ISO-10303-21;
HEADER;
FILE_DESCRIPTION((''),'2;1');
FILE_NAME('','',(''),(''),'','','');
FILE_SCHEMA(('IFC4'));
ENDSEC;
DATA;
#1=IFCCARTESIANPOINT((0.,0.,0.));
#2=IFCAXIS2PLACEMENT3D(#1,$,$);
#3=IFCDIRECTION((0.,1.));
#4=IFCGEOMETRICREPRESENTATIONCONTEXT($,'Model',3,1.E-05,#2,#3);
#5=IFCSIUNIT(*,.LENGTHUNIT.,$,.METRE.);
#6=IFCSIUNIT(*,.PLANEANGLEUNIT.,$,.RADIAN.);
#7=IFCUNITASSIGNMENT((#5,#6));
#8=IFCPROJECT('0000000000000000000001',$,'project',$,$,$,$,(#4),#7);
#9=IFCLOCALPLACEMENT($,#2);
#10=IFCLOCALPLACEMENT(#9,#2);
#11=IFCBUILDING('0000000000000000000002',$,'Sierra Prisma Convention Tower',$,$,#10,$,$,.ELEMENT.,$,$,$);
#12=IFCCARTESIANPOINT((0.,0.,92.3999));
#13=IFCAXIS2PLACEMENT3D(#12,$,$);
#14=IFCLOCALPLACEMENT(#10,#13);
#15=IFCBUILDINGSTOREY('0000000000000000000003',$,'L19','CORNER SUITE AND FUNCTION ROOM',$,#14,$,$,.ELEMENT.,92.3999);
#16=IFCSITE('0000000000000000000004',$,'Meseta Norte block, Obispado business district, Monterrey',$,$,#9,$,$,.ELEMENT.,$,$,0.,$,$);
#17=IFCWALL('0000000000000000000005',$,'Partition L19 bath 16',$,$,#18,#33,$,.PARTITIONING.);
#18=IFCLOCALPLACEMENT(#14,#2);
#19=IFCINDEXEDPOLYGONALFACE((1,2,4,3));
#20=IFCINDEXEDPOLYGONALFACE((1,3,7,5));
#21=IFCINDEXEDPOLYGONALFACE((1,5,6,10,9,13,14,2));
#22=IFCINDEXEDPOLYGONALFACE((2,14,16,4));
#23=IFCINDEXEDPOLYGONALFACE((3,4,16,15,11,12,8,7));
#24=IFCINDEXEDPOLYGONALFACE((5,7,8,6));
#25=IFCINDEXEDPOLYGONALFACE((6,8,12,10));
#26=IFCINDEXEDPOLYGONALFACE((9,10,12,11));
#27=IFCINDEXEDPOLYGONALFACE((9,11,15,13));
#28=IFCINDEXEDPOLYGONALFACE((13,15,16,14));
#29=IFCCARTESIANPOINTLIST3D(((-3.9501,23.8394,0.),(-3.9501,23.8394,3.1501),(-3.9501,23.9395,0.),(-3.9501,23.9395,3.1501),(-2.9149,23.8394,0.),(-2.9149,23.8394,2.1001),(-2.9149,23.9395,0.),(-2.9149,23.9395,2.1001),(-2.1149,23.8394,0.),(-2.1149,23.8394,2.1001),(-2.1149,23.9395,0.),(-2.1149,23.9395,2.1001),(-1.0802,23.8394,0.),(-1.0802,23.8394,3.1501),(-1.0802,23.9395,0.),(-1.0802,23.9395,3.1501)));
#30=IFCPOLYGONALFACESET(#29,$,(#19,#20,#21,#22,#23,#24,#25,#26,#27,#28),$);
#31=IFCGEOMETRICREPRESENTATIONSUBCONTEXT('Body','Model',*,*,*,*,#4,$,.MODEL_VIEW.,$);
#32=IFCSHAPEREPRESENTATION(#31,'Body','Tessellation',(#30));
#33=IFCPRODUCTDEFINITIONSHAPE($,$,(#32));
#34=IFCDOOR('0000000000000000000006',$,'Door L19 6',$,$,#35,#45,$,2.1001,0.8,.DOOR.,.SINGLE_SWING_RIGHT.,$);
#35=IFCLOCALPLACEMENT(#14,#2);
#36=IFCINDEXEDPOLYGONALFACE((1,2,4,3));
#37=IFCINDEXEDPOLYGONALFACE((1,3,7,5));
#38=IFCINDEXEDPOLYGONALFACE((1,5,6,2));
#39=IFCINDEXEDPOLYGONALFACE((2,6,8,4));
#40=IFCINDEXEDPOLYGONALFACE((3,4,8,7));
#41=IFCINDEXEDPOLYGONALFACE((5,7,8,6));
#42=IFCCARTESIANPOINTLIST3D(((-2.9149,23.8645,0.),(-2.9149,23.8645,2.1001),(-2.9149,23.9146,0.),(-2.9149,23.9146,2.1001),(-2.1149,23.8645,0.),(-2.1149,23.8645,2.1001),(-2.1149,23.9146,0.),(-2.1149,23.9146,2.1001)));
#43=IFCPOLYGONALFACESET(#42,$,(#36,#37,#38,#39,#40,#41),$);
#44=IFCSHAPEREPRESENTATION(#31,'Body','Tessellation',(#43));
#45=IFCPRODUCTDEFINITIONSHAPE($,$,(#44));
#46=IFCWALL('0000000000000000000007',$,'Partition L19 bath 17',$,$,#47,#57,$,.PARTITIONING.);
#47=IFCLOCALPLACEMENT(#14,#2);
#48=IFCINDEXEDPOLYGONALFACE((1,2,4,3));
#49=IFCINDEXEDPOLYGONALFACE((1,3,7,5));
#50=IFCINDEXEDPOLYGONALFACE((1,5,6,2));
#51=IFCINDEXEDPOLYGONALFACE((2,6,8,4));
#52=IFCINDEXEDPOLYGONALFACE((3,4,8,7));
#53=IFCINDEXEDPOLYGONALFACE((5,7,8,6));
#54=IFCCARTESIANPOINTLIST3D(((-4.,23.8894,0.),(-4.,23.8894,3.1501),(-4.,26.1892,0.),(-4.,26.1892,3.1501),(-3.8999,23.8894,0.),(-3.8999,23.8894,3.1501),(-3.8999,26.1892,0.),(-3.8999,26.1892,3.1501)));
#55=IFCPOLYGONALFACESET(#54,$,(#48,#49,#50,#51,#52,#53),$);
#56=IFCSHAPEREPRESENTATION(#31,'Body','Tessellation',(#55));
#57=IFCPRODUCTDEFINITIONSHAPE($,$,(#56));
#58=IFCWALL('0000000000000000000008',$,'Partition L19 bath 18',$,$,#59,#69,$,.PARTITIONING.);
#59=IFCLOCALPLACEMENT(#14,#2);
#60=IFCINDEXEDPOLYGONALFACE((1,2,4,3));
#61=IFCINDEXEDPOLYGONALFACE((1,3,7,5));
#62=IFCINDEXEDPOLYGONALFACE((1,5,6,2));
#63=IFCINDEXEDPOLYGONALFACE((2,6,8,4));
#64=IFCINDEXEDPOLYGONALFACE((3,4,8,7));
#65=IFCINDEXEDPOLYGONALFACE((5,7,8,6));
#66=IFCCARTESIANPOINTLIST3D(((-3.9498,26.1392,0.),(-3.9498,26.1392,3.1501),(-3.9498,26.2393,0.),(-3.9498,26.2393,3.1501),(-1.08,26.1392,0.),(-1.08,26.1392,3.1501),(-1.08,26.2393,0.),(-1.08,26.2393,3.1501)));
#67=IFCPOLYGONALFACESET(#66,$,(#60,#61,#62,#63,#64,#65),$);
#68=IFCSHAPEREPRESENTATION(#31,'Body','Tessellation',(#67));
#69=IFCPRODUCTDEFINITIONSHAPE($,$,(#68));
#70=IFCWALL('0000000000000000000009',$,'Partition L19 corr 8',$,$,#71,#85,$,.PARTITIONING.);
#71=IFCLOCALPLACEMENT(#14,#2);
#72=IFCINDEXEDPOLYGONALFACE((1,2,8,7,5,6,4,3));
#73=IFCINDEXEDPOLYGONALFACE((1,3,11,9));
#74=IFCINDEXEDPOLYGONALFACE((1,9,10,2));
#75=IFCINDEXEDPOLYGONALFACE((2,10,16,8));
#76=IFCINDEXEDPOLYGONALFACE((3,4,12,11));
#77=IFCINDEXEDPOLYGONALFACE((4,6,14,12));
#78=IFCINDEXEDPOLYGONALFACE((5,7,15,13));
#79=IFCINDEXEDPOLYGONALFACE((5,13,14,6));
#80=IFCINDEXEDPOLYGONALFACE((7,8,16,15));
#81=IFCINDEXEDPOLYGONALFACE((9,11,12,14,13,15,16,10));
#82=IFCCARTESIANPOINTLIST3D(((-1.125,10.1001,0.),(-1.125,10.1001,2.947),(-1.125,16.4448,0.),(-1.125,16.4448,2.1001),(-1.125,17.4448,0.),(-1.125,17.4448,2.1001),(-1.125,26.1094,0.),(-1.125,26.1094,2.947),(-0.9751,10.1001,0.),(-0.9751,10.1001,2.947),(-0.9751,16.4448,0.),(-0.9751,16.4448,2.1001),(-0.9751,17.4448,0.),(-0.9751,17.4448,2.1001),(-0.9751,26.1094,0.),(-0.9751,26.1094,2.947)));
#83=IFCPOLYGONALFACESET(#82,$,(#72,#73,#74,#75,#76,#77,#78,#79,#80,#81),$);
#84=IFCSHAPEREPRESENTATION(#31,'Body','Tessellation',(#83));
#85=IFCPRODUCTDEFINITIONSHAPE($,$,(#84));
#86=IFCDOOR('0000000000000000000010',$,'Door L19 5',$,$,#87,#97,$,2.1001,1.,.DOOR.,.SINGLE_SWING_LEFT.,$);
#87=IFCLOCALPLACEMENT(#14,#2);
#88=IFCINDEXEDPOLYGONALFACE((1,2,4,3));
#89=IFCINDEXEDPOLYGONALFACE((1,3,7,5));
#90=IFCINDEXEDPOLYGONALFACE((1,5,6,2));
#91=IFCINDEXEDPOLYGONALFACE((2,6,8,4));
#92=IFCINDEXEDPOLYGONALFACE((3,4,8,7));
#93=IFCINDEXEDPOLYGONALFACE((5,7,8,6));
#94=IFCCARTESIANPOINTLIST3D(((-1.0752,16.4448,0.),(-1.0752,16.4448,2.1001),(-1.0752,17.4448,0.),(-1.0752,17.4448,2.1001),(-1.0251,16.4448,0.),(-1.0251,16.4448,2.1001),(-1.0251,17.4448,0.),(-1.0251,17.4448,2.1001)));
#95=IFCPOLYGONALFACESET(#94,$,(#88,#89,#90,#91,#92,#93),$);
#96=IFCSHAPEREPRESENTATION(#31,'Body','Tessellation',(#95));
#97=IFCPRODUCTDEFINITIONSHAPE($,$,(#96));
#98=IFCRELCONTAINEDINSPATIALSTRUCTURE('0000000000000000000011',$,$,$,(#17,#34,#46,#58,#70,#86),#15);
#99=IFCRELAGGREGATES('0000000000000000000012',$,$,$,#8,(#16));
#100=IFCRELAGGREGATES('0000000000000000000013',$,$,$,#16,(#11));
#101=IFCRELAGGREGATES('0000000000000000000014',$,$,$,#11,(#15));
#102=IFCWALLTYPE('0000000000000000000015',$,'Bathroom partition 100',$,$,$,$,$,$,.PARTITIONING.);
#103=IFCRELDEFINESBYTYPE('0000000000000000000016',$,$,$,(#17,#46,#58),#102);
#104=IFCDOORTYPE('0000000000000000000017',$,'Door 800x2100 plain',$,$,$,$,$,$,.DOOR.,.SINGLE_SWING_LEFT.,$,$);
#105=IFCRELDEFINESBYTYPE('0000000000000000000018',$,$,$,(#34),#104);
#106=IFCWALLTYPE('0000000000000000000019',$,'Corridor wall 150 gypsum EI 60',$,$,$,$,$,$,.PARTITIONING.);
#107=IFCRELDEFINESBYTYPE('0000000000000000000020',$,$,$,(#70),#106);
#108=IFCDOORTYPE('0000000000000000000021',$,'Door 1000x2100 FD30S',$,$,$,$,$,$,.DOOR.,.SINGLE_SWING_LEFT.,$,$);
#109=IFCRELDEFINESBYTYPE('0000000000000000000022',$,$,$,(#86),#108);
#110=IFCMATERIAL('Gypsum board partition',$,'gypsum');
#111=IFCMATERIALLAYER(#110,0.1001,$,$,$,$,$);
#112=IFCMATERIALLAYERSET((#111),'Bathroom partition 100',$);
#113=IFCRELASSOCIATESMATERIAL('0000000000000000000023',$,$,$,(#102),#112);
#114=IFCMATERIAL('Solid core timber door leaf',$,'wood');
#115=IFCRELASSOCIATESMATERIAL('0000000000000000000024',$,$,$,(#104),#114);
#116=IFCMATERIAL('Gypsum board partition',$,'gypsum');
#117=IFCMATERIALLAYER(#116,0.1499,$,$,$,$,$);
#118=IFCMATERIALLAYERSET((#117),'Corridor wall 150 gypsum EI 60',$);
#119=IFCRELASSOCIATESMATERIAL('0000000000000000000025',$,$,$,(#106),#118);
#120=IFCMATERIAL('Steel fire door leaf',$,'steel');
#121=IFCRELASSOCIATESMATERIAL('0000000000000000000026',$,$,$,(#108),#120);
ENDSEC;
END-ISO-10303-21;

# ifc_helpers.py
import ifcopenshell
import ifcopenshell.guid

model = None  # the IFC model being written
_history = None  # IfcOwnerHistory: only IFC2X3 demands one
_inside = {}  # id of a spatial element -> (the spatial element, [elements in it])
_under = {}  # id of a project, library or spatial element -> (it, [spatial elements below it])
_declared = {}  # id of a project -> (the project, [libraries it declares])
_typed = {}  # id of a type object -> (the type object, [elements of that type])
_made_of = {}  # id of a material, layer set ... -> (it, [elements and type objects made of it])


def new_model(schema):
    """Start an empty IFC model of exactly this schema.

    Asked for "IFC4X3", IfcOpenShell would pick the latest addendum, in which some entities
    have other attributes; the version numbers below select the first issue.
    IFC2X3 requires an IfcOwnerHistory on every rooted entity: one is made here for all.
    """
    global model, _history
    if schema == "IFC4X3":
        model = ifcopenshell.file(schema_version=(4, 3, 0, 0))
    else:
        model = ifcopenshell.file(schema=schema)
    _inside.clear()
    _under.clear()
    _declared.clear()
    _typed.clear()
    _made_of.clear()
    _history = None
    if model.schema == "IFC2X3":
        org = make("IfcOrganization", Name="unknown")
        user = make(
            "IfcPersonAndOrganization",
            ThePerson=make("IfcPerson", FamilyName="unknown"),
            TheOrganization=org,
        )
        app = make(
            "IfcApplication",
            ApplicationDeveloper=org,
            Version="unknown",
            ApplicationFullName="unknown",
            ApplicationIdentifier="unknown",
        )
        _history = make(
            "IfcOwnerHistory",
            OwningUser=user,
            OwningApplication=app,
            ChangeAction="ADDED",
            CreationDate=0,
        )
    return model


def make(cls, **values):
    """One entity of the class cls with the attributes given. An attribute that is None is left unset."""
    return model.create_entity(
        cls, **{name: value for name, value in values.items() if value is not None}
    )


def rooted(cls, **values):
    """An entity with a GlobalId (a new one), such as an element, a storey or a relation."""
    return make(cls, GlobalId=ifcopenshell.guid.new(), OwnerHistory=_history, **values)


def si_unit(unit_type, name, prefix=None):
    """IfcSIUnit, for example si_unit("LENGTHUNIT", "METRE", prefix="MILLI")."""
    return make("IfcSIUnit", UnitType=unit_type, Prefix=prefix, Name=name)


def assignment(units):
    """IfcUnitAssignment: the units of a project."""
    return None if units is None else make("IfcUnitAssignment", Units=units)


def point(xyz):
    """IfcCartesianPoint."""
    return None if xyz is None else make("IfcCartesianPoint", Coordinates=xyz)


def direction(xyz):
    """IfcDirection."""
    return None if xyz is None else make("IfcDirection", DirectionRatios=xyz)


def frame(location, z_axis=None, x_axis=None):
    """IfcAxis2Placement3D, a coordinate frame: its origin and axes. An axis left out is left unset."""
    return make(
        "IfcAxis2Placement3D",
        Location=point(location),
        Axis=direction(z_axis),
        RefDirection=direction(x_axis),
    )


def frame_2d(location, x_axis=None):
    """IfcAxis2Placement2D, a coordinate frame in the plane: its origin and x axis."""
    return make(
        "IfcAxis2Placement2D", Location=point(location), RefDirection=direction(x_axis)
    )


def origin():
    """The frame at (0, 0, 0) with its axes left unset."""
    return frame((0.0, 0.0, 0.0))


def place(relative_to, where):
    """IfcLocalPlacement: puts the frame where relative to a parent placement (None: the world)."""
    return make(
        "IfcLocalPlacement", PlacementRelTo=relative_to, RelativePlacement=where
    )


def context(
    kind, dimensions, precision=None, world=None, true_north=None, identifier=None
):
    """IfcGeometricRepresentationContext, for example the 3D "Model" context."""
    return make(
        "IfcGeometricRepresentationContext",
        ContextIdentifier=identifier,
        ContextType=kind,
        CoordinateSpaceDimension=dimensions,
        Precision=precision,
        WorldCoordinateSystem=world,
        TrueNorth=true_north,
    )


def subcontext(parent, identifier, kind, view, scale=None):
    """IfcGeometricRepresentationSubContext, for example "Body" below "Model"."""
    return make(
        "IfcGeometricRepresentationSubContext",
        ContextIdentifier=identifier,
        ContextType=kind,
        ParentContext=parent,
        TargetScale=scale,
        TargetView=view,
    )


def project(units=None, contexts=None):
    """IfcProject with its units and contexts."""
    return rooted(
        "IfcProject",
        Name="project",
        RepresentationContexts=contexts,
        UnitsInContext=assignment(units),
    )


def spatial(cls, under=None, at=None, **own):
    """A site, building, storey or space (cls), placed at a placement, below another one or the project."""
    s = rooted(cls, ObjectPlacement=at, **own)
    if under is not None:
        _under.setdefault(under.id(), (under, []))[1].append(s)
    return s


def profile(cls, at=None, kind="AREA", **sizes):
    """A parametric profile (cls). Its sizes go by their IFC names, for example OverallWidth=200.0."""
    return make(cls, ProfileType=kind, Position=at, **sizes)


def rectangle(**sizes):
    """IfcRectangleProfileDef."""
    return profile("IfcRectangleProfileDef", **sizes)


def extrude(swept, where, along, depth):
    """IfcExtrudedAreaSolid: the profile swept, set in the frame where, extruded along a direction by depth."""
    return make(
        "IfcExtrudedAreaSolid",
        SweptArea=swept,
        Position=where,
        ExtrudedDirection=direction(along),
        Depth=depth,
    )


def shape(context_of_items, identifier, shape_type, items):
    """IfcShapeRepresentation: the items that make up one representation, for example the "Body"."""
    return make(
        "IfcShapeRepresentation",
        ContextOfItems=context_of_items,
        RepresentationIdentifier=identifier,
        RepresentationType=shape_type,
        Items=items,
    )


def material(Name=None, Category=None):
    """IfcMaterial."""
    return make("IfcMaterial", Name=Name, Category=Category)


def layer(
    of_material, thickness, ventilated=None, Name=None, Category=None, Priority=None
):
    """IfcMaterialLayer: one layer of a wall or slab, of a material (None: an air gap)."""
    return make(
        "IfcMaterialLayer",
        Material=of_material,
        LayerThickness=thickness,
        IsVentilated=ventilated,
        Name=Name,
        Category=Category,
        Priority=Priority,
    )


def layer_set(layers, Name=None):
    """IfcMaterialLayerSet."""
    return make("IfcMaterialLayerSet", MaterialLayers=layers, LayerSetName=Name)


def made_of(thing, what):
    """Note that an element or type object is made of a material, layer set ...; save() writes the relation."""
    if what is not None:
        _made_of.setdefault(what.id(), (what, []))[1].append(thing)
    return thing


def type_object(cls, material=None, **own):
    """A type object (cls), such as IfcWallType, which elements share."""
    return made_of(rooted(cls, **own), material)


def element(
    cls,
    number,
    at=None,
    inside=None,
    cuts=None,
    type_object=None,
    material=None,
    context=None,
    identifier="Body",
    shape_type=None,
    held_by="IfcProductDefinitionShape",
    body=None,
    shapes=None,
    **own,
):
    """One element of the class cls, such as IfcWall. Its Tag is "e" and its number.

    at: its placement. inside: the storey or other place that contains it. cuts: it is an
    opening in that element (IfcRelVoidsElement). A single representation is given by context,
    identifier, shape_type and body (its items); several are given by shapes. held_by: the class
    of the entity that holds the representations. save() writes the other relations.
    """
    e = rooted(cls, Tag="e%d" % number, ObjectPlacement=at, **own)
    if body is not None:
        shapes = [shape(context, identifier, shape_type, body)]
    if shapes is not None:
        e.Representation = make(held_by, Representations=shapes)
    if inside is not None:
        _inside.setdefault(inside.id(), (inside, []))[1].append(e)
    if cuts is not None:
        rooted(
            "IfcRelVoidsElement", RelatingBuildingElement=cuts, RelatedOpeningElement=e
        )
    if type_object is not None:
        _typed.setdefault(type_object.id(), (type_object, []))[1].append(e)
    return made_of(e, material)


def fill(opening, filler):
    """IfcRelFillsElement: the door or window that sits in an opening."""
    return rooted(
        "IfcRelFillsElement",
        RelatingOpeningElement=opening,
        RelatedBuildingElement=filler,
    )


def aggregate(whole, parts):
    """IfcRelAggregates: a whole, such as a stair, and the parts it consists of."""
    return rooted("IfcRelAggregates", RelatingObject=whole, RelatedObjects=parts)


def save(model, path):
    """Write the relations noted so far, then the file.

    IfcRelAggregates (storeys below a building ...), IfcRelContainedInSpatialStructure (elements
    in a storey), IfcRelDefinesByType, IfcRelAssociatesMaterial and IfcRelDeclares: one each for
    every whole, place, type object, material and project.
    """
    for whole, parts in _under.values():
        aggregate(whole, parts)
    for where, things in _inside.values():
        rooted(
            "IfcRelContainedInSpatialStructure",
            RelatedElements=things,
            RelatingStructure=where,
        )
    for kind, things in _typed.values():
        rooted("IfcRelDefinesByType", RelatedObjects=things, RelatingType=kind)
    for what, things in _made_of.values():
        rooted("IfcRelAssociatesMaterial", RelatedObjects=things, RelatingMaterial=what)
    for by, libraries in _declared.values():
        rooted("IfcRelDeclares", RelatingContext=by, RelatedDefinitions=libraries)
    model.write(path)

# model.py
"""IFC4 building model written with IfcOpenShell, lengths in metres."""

from ifc_helpers import new_model, si_unit, direction, frame, frame_2d, origin, place, context, subcontext, project, spatial, rectangle, extrude, material, layer, layer_set, type_object, element, fill, save


model = new_model("IFC4")

# Units and contexts
model_context = context("Model", 3, precision=1e-05, world=origin(), true_north=direction((0.0, 1.0)))
body_context = subcontext(model_context, "Body", "Model", "MODEL_VIEW")
ifc_project = project(units=[si_unit("LENGTHUNIT", "METRE"), si_unit("PLANEANGLEUNIT", "RADIAN")], contexts=[model_context])

# Site, building, storey
site_placement = place(None, origin())
site = spatial("IfcSite", under=ifc_project, at=site_placement, Name="Meseta Norte block, Obispado business district, Monterrey", CompositionType="ELEMENT", RefElevation=0.0)
building_placement = place(site_placement, origin())
building = spatial("IfcBuilding", under=site, at=building_placement, Name="Sierra Prisma Convention Tower", CompositionType="ELEMENT")
storey_placement = place(building_placement, frame((0.0, 0.0, 92.3999)))
storey = spatial("IfcBuildingStorey", under=building, at=storey_placement, Name="L19", Description="CORNER SUITE AND FUNCTION ROOM", CompositionType="ELEMENT", Elevation=92.3999)

# Wall, opening, door
ifc_material_1 = material(Name="Gypsum board partition", Category="gypsum")
ifc_layer_1 = layer(ifc_material_1, 0.1001)
ifc_layer_set_1 = layer_set([ifc_layer_1], Name="Bathroom partition 100")
wall_type_1 = type_object("IfcWallType", Name="Bathroom partition 100", PredefinedType="PARTITIONING", material=ifc_layer_set_1)
wall_1_placement = place(storey_placement, frame((-1.0801, 23.8894, 0.0), z_axis=(0.0, 0.0, 1.0), x_axis=(-1.0, 0.0, 0.0)))
wall_1 = element("IfcWall", 1, at=wall_1_placement, inside=storey, type_object=wall_type_1, Name="Partition L19 bath 16", PredefinedType="PARTITIONING", context=body_context, shape_type="SweptSolid", body=[
    extrude(rectangle(XDim=2.8699, YDim=0.1001, at=frame_2d((1.4351, 0.0))), origin(), (0.0, 0.0, 1.0), 3.1501),
])
opening_1_placement = place(wall_1_placement, frame((1.0349, 0.0, 0.0)))
opening_1 = element("IfcOpeningElement", 2, at=opening_1_placement, cuts=wall_1, PredefinedType="OPENING", context=body_context, shape_type="SweptSolid", body=[
    extrude(rectangle(XDim=0.8, YDim=2.1001, at=frame_2d((0.3999, 1.05))), frame((0.0, 0.05, 0.0), z_axis=(0.0, -1.0, 0.0), x_axis=(1.0, 0.0, 0.0)), (0.0, 0.0, 1.0), 0.1001),
])
ifc_material_2 = material(Name="Solid core timber door leaf", Category="wood")
door_type_1 = type_object("IfcDoorType", Name="Door 800x2100 plain", OperationType="SINGLE_SWING_LEFT", PredefinedType="DOOR", material=ifc_material_2)
door_1_placement = place(opening_1_placement, origin())
door_1 = element("IfcDoor", 3, at=door_1_placement, inside=storey, type_object=door_type_1, Name="Door L19 6", OperationType="SINGLE_SWING_RIGHT", OverallHeight=2.1001, OverallWidth=0.8, PredefinedType="DOOR", context=body_context, shape_type="SweptSolid", body=[
    extrude(rectangle(XDim=0.8, YDim=2.1001, at=frame_2d((0.3999, 1.05))), frame((0.0, 0.0249, 0.0), z_axis=(0.0, -1.0, 0.0), x_axis=(1.0, 0.0, 0.0)), (0.0, 0.0, 1.0), 0.05),
])
fill(opening_1, door_1)

# Walls
wall_2_placement = place(storey_placement, frame((-3.95, 23.8894, 0.0), z_axis=(0.0, 0.0, 1.0), x_axis=(0.0, 1.0, 0.0)))
element("IfcWall", 4, at=wall_2_placement, inside=storey, type_object=wall_type_1, Name="Partition L19 bath 17", PredefinedType="PARTITIONING", context=body_context, shape_type="SweptSolid", body=[
    extrude(rectangle(XDim=2.2998, YDim=0.1001, at=frame_2d((1.1499, 0.0))), origin(), (0.0, 0.0, 1.0), 3.1501),
])
wall_3_placement = place(storey_placement, frame((-3.95, 26.1892, 0.0), z_axis=(0.0, 0.0, 1.0), x_axis=(1.0, 0.0, 0.0)))
element("IfcWall", 5, at=wall_3_placement, inside=storey, type_object=wall_type_1, Name="Partition L19 bath 18", PredefinedType="PARTITIONING", context=body_context, shape_type="SweptSolid", body=[
    extrude(rectangle(XDim=2.8699, YDim=0.1001, at=frame_2d((1.4351, 0.0))), origin(), (0.0, 0.0, 1.0), 3.1501),
])

# Wall, opening, door
ifc_material_3 = material(Name="Gypsum board partition", Category="gypsum")
ifc_layer_2 = layer(ifc_material_3, 0.1499)
ifc_layer_set_2 = layer_set([ifc_layer_2], Name="Corridor wall 150 gypsum EI 60")
wall_type_2 = type_object("IfcWallType", Name="Corridor wall 150 gypsum EI 60", PredefinedType="PARTITIONING", material=ifc_layer_set_2)
wall_4_placement = place(storey_placement, frame((-1.05, 26.1094, 0.0), z_axis=(0.0, 0.0, 1.0), x_axis=(0.0, -1.0, 0.0)))
wall_4 = element("IfcWall", 6, at=wall_4_placement, inside=storey, type_object=wall_type_2, Name="Partition L19 corr 8", PredefinedType="PARTITIONING", context=body_context, shape_type="SweptSolid", body=[
    extrude(rectangle(XDim=16.0093, YDim=0.1499, at=frame_2d((8.0046, 0.0))), origin(), (0.0, 0.0, 1.0), 2.947),
])
opening_2_placement = place(wall_4_placement, frame((8.6646, 0.0, 0.0)))
opening_2 = element("IfcOpeningElement", 7, at=opening_2_placement, cuts=wall_4, PredefinedType="OPENING", context=body_context, shape_type="SweptSolid", body=[
    extrude(rectangle(XDim=1.0, YDim=2.1001, at=frame_2d((0.5, 1.05))), frame((0.0, 0.075, 0.0), z_axis=(0.0, -1.0, 0.0), x_axis=(1.0, 0.0, 0.0)), (0.0, 0.0, 1.0), 0.1499),
])
ifc_material_4 = material(Name="Steel fire door leaf", Category="steel")
door_type_2 = type_object("IfcDoorType", Name="Door 1000x2100 FD30S", OperationType="SINGLE_SWING_LEFT", PredefinedType="DOOR", material=ifc_material_4)
door_2_placement = place(opening_2_placement, origin())
door_2 = element("IfcDoor", 8, at=door_2_placement, inside=storey, type_object=door_type_2, Name="Door L19 5", OperationType="SINGLE_SWING_LEFT", OverallHeight=2.1001, OverallWidth=1.0, PredefinedType="DOOR", context=body_context, shape_type="SweptSolid", body=[
    extrude(rectangle(XDim=1.0, YDim=2.1001, at=frame_2d((0.5, 1.05))), frame((0.0, 0.0249, 0.0), z_axis=(0.0, -1.0, 0.0), x_axis=(1.0, 0.0, 0.0)), (0.0, 0.0, 1.0), 0.05),
])
fill(opening_2, door_2)

save(model, "model.ifc")
